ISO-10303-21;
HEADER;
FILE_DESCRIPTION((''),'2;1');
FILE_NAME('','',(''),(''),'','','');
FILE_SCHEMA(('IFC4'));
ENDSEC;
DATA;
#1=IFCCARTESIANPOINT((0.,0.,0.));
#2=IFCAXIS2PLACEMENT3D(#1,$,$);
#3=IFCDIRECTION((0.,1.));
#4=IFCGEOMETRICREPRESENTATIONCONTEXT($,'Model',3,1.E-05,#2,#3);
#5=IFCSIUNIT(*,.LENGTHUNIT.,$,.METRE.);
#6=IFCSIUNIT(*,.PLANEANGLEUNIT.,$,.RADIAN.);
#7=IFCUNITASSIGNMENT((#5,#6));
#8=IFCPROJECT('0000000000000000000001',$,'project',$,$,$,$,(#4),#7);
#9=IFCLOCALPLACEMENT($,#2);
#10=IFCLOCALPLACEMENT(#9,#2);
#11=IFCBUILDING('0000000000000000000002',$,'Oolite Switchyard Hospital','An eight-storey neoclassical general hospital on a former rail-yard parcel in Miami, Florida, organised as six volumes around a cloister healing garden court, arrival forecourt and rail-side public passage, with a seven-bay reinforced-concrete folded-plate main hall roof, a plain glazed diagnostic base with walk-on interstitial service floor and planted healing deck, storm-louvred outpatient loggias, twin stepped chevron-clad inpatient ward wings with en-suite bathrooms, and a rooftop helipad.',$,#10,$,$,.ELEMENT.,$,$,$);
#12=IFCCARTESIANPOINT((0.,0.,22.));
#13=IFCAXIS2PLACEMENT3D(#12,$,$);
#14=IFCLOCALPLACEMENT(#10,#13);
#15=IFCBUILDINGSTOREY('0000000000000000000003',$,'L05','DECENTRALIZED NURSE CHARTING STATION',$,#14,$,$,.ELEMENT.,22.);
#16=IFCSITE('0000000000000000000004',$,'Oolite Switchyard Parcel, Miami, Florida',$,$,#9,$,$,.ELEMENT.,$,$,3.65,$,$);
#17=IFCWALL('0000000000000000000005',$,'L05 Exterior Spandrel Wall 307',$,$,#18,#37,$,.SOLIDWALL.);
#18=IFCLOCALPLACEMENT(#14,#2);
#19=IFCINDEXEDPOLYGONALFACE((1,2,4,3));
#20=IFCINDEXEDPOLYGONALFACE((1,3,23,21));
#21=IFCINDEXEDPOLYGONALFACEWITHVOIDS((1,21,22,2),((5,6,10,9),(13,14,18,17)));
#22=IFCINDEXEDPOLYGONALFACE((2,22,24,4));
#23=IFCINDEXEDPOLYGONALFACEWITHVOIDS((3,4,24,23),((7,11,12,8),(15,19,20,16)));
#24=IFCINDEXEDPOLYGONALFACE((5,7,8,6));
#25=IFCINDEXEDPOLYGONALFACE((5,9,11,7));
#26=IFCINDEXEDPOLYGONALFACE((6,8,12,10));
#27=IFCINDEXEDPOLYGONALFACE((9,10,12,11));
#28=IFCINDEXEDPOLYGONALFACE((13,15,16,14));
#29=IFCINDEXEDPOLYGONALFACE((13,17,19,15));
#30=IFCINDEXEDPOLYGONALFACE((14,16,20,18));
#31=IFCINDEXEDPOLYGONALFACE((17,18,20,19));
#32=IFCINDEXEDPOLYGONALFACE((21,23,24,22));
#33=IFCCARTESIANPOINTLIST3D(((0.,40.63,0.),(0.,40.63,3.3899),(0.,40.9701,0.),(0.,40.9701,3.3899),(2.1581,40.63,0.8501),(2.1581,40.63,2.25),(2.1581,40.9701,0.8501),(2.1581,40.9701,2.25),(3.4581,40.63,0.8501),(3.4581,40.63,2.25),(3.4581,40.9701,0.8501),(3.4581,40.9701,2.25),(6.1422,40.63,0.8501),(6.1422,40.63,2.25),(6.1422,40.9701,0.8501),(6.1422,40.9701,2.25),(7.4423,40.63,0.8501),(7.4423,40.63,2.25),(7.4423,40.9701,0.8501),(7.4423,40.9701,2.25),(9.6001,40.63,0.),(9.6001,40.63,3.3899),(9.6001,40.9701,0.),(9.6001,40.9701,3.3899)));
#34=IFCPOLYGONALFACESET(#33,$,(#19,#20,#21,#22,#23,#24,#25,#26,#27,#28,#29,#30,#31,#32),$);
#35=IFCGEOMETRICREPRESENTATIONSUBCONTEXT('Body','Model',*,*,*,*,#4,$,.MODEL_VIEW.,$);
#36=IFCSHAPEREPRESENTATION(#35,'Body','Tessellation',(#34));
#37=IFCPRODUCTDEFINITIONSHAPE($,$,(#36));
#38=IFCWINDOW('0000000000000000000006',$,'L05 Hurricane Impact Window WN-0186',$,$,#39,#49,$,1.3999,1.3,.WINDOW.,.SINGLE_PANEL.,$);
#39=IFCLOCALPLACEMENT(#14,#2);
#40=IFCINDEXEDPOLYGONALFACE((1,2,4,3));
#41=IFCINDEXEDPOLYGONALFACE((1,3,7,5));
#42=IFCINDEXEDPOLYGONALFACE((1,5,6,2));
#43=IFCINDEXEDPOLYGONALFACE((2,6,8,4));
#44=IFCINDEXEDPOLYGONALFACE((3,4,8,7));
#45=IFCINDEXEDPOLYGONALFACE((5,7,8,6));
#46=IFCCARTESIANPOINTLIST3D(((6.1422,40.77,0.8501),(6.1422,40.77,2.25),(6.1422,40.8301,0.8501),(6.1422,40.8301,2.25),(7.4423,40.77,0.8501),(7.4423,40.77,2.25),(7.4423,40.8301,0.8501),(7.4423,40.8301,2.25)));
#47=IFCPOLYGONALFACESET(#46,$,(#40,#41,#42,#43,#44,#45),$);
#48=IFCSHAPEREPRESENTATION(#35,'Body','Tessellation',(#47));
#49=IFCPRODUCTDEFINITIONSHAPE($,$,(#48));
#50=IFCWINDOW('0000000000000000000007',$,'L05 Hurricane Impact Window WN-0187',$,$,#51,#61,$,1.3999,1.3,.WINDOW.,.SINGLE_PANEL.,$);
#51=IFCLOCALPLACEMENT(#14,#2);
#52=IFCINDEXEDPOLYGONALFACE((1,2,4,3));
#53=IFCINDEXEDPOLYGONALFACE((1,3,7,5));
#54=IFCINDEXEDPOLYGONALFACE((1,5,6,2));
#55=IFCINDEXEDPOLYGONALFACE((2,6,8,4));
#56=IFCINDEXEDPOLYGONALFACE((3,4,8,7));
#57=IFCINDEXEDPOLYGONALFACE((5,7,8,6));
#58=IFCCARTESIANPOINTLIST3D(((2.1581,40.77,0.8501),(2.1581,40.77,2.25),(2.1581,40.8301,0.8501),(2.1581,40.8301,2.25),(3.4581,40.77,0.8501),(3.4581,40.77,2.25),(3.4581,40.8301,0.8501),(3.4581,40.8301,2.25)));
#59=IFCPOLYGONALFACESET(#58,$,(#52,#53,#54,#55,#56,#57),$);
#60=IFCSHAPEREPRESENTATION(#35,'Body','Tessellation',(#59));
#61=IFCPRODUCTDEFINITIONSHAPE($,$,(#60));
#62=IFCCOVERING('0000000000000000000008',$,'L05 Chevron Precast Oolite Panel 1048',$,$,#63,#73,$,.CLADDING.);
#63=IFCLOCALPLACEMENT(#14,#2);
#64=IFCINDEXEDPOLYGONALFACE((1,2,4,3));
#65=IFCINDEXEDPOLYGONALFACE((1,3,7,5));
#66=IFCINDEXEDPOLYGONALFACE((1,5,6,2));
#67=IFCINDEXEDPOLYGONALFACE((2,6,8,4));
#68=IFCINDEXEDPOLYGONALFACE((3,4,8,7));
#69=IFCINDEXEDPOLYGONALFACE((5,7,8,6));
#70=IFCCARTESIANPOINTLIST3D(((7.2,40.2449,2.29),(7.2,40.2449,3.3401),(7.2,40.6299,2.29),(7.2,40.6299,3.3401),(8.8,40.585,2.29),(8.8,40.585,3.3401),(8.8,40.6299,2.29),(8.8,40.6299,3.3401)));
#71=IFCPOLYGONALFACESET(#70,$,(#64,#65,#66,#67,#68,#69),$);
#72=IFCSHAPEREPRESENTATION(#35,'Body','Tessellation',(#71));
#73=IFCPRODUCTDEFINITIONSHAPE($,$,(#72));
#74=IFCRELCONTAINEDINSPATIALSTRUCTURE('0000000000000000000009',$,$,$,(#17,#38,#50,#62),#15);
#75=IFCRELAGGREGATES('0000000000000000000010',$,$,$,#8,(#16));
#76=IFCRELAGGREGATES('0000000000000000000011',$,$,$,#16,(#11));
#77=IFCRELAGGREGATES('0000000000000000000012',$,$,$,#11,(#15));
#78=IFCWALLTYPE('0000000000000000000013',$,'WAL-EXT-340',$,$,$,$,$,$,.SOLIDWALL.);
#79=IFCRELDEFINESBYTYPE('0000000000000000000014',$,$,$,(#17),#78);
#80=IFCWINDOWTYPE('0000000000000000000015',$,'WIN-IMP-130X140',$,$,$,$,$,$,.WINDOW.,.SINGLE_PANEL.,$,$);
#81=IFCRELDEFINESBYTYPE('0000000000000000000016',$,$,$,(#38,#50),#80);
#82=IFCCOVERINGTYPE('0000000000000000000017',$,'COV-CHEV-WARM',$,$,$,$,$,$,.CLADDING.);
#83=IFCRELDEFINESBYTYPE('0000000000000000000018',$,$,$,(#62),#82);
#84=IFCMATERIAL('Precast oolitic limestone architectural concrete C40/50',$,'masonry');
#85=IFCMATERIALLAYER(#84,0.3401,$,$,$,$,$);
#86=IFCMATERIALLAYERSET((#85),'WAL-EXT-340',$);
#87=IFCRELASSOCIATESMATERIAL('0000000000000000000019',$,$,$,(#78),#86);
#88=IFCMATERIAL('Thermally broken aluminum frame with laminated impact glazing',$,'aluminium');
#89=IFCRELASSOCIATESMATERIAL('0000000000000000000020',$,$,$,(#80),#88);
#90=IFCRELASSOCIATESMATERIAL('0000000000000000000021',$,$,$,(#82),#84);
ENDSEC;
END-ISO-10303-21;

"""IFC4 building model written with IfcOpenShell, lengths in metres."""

from ifc_helpers import new_model, si_unit, direction, frame, frame_2d, origin, place, context, subcontext, project, spatial, polyline, rectangle, outline, extrude, material, layer, layer_set, type_object, element, fill, save


model = new_model("IFC4")

# Units and contexts
model_context = context("Model", 3, precision=1e-05, world=origin(), true_north=direction((0.0, 1.0)))
body_context = subcontext(model_context, "Body", "Model", "MODEL_VIEW")
ifc_project = project(units=[si_unit("LENGTHUNIT", "METRE"), si_unit("PLANEANGLEUNIT", "RADIAN")], contexts=[model_context])

# Site, building, storey
site_placement = place(None, origin())
site = spatial("IfcSite", under=ifc_project, at=site_placement, Name="Oolite Switchyard Parcel, Miami, Florida", CompositionType="ELEMENT", RefElevation=3.65)
building_placement = place(site_placement, origin())
building = spatial("IfcBuilding", under=site, at=building_placement, Name="Oolite Switchyard Hospital", Description="An eight-storey neoclassical general hospital on a former rail-yard parcel in Miami, Florida, organised as six volumes around a cloister healing garden court, arrival forecourt and rail-side public passage, with a seven-bay reinforced-concrete folded-plate main hall roof, a plain glazed diagnostic base with walk-on interstitial service floor and planted healing deck, storm-louvred outpatient loggias, twin stepped chevron-clad inpatient ward wings with en-suite bathrooms, and a rooftop helipad.", CompositionType="ELEMENT")
storey_placement = place(building_placement, frame((0.0, 0.0, 22.0)))
storey = spatial("IfcBuildingStorey", under=building, at=storey_placement, Name="L05", Description="DECENTRALIZED NURSE CHARTING STATION", CompositionType="ELEMENT", Elevation=22.0)

# Shared definitions
ifc_material_1 = material(Name="Precast oolitic limestone architectural concrete C40/50", Category="masonry")

# Wall, openings, windows
ifc_layer_1 = layer(ifc_material_1, 0.3401)
ifc_layer_set_1 = layer_set([ifc_layer_1], Name="WAL-EXT-340")
wall_type_1 = type_object("IfcWallType", Name="WAL-EXT-340", PredefinedType="SOLIDWALL", material=ifc_layer_set_1)
wall_1_placement = place(storey_placement, frame((9.6001, 40.8, 0.0), z_axis=(0.0, 0.0, 1.0), x_axis=(-1.0, 0.0, 0.0)))
wall_1 = element("IfcWall", 1, at=wall_1_placement, inside=storey, type_object=wall_type_1, Name="L05 Exterior Spandrel Wall 307", PredefinedType="SOLIDWALL", context=body_context, shape_type="SweptSolid", body=[
    extrude(rectangle(XDim=9.6001, YDim=0.3401, at=frame_2d((4.8, 0.0))), origin(), (0.0, 0.0, 1.0), 3.3899),
])
opening_1_placement = place(wall_1_placement, frame((2.158, 0.0, 0.8501)))
opening_1 = element("IfcOpeningElement", 2, at=opening_1_placement, cuts=wall_1, PredefinedType="OPENING", context=body_context, shape_type="SweptSolid", body=[
    extrude(rectangle(XDim=1.3, YDim=1.3999, at=frame_2d((0.6499, 0.7))), frame((0.0, 0.1802, 0.0), z_axis=(0.0, -1.0, 0.0), x_axis=(1.0, 0.0, 0.0)), (0.0, 0.0, 1.0), 0.3601),
])
opening_2_placement = place(wall_1_placement, frame((6.1421, 0.0, 0.8501)))
opening_2 = element("IfcOpeningElement", 3, at=opening_2_placement, cuts=wall_1, PredefinedType="OPENING", context=body_context, shape_type="SweptSolid", body=[
    extrude(rectangle(XDim=1.3, YDim=1.3999, at=frame_2d((0.6499, 0.7))), frame((0.0, 0.1802, 0.0), z_axis=(0.0, -1.0, 0.0), x_axis=(1.0, 0.0, 0.0)), (0.0, 0.0, 1.0), 0.3601),
])
ifc_material_2 = material(Name="Thermally broken aluminum frame with laminated impact glazing", Category="aluminium")
window_type = type_object("IfcWindowType", Name="WIN-IMP-130X140", PartitioningType="SINGLE_PANEL", PredefinedType="WINDOW", material=ifc_material_2)
window_1_placement = place(opening_1_placement, origin())
window_1 = element("IfcWindow", 4, at=window_1_placement, inside=storey, type_object=window_type, Name="L05 Hurricane Impact Window WN-0186", OverallHeight=1.3999, OverallWidth=1.3, PartitioningType="SINGLE_PANEL", PredefinedType="WINDOW", context=body_context, shape_type="SweptSolid", body=[
    extrude(rectangle(XDim=1.3, YDim=1.3999, at=frame_2d((0.6499, 0.7))), frame((0.0, 0.03, 0.0), z_axis=(0.0, -1.0, 0.0), x_axis=(1.0, 0.0, 0.0)), (0.0, 0.0, 1.0), 0.0601),
])
fill(opening_1, window_1)
window_2_placement = place(opening_2_placement, origin())
window_2 = element("IfcWindow", 5, at=window_2_placement, inside=storey, type_object=window_type, Name="L05 Hurricane Impact Window WN-0187", OverallHeight=1.3999, OverallWidth=1.3, PartitioningType="SINGLE_PANEL", PredefinedType="WINDOW", context=body_context, shape_type="SweptSolid", body=[
    extrude(rectangle(XDim=1.3, YDim=1.3999, at=frame_2d((0.6499, 0.7))), frame((0.0, 0.03, 0.0), z_axis=(0.0, -1.0, 0.0), x_axis=(1.0, 0.0, 0.0)), (0.0, 0.0, 1.0), 0.0601),
])
fill(opening_2, window_2)

# Covering
covering_type = type_object("IfcCoveringType", Name="COV-CHEV-WARM", PredefinedType="CLADDING", material=ifc_material_1)
covering_placement = place(storey_placement, frame((8.8, 40.6299, 2.29), z_axis=(0.0, 0.0, 1.0), x_axis=(-1.0, 0.0, 0.0)))
element("IfcCovering", 6, at=covering_placement, inside=storey, type_object=covering_type, Name="L05 Chevron Precast Oolite Panel 1048", PredefinedType="CLADDING", context=body_context, shape_type="SweptSolid", body=[
    extrude(outline(polyline([(0.0, 0.0), (1.6001, 0.0), (1.6001, 0.385), (0.0, 0.0449), (0.0, 0.0)])), origin(), (0.0, 0.0, 1.0), 1.05),
])

save(model, "model.ifc")
